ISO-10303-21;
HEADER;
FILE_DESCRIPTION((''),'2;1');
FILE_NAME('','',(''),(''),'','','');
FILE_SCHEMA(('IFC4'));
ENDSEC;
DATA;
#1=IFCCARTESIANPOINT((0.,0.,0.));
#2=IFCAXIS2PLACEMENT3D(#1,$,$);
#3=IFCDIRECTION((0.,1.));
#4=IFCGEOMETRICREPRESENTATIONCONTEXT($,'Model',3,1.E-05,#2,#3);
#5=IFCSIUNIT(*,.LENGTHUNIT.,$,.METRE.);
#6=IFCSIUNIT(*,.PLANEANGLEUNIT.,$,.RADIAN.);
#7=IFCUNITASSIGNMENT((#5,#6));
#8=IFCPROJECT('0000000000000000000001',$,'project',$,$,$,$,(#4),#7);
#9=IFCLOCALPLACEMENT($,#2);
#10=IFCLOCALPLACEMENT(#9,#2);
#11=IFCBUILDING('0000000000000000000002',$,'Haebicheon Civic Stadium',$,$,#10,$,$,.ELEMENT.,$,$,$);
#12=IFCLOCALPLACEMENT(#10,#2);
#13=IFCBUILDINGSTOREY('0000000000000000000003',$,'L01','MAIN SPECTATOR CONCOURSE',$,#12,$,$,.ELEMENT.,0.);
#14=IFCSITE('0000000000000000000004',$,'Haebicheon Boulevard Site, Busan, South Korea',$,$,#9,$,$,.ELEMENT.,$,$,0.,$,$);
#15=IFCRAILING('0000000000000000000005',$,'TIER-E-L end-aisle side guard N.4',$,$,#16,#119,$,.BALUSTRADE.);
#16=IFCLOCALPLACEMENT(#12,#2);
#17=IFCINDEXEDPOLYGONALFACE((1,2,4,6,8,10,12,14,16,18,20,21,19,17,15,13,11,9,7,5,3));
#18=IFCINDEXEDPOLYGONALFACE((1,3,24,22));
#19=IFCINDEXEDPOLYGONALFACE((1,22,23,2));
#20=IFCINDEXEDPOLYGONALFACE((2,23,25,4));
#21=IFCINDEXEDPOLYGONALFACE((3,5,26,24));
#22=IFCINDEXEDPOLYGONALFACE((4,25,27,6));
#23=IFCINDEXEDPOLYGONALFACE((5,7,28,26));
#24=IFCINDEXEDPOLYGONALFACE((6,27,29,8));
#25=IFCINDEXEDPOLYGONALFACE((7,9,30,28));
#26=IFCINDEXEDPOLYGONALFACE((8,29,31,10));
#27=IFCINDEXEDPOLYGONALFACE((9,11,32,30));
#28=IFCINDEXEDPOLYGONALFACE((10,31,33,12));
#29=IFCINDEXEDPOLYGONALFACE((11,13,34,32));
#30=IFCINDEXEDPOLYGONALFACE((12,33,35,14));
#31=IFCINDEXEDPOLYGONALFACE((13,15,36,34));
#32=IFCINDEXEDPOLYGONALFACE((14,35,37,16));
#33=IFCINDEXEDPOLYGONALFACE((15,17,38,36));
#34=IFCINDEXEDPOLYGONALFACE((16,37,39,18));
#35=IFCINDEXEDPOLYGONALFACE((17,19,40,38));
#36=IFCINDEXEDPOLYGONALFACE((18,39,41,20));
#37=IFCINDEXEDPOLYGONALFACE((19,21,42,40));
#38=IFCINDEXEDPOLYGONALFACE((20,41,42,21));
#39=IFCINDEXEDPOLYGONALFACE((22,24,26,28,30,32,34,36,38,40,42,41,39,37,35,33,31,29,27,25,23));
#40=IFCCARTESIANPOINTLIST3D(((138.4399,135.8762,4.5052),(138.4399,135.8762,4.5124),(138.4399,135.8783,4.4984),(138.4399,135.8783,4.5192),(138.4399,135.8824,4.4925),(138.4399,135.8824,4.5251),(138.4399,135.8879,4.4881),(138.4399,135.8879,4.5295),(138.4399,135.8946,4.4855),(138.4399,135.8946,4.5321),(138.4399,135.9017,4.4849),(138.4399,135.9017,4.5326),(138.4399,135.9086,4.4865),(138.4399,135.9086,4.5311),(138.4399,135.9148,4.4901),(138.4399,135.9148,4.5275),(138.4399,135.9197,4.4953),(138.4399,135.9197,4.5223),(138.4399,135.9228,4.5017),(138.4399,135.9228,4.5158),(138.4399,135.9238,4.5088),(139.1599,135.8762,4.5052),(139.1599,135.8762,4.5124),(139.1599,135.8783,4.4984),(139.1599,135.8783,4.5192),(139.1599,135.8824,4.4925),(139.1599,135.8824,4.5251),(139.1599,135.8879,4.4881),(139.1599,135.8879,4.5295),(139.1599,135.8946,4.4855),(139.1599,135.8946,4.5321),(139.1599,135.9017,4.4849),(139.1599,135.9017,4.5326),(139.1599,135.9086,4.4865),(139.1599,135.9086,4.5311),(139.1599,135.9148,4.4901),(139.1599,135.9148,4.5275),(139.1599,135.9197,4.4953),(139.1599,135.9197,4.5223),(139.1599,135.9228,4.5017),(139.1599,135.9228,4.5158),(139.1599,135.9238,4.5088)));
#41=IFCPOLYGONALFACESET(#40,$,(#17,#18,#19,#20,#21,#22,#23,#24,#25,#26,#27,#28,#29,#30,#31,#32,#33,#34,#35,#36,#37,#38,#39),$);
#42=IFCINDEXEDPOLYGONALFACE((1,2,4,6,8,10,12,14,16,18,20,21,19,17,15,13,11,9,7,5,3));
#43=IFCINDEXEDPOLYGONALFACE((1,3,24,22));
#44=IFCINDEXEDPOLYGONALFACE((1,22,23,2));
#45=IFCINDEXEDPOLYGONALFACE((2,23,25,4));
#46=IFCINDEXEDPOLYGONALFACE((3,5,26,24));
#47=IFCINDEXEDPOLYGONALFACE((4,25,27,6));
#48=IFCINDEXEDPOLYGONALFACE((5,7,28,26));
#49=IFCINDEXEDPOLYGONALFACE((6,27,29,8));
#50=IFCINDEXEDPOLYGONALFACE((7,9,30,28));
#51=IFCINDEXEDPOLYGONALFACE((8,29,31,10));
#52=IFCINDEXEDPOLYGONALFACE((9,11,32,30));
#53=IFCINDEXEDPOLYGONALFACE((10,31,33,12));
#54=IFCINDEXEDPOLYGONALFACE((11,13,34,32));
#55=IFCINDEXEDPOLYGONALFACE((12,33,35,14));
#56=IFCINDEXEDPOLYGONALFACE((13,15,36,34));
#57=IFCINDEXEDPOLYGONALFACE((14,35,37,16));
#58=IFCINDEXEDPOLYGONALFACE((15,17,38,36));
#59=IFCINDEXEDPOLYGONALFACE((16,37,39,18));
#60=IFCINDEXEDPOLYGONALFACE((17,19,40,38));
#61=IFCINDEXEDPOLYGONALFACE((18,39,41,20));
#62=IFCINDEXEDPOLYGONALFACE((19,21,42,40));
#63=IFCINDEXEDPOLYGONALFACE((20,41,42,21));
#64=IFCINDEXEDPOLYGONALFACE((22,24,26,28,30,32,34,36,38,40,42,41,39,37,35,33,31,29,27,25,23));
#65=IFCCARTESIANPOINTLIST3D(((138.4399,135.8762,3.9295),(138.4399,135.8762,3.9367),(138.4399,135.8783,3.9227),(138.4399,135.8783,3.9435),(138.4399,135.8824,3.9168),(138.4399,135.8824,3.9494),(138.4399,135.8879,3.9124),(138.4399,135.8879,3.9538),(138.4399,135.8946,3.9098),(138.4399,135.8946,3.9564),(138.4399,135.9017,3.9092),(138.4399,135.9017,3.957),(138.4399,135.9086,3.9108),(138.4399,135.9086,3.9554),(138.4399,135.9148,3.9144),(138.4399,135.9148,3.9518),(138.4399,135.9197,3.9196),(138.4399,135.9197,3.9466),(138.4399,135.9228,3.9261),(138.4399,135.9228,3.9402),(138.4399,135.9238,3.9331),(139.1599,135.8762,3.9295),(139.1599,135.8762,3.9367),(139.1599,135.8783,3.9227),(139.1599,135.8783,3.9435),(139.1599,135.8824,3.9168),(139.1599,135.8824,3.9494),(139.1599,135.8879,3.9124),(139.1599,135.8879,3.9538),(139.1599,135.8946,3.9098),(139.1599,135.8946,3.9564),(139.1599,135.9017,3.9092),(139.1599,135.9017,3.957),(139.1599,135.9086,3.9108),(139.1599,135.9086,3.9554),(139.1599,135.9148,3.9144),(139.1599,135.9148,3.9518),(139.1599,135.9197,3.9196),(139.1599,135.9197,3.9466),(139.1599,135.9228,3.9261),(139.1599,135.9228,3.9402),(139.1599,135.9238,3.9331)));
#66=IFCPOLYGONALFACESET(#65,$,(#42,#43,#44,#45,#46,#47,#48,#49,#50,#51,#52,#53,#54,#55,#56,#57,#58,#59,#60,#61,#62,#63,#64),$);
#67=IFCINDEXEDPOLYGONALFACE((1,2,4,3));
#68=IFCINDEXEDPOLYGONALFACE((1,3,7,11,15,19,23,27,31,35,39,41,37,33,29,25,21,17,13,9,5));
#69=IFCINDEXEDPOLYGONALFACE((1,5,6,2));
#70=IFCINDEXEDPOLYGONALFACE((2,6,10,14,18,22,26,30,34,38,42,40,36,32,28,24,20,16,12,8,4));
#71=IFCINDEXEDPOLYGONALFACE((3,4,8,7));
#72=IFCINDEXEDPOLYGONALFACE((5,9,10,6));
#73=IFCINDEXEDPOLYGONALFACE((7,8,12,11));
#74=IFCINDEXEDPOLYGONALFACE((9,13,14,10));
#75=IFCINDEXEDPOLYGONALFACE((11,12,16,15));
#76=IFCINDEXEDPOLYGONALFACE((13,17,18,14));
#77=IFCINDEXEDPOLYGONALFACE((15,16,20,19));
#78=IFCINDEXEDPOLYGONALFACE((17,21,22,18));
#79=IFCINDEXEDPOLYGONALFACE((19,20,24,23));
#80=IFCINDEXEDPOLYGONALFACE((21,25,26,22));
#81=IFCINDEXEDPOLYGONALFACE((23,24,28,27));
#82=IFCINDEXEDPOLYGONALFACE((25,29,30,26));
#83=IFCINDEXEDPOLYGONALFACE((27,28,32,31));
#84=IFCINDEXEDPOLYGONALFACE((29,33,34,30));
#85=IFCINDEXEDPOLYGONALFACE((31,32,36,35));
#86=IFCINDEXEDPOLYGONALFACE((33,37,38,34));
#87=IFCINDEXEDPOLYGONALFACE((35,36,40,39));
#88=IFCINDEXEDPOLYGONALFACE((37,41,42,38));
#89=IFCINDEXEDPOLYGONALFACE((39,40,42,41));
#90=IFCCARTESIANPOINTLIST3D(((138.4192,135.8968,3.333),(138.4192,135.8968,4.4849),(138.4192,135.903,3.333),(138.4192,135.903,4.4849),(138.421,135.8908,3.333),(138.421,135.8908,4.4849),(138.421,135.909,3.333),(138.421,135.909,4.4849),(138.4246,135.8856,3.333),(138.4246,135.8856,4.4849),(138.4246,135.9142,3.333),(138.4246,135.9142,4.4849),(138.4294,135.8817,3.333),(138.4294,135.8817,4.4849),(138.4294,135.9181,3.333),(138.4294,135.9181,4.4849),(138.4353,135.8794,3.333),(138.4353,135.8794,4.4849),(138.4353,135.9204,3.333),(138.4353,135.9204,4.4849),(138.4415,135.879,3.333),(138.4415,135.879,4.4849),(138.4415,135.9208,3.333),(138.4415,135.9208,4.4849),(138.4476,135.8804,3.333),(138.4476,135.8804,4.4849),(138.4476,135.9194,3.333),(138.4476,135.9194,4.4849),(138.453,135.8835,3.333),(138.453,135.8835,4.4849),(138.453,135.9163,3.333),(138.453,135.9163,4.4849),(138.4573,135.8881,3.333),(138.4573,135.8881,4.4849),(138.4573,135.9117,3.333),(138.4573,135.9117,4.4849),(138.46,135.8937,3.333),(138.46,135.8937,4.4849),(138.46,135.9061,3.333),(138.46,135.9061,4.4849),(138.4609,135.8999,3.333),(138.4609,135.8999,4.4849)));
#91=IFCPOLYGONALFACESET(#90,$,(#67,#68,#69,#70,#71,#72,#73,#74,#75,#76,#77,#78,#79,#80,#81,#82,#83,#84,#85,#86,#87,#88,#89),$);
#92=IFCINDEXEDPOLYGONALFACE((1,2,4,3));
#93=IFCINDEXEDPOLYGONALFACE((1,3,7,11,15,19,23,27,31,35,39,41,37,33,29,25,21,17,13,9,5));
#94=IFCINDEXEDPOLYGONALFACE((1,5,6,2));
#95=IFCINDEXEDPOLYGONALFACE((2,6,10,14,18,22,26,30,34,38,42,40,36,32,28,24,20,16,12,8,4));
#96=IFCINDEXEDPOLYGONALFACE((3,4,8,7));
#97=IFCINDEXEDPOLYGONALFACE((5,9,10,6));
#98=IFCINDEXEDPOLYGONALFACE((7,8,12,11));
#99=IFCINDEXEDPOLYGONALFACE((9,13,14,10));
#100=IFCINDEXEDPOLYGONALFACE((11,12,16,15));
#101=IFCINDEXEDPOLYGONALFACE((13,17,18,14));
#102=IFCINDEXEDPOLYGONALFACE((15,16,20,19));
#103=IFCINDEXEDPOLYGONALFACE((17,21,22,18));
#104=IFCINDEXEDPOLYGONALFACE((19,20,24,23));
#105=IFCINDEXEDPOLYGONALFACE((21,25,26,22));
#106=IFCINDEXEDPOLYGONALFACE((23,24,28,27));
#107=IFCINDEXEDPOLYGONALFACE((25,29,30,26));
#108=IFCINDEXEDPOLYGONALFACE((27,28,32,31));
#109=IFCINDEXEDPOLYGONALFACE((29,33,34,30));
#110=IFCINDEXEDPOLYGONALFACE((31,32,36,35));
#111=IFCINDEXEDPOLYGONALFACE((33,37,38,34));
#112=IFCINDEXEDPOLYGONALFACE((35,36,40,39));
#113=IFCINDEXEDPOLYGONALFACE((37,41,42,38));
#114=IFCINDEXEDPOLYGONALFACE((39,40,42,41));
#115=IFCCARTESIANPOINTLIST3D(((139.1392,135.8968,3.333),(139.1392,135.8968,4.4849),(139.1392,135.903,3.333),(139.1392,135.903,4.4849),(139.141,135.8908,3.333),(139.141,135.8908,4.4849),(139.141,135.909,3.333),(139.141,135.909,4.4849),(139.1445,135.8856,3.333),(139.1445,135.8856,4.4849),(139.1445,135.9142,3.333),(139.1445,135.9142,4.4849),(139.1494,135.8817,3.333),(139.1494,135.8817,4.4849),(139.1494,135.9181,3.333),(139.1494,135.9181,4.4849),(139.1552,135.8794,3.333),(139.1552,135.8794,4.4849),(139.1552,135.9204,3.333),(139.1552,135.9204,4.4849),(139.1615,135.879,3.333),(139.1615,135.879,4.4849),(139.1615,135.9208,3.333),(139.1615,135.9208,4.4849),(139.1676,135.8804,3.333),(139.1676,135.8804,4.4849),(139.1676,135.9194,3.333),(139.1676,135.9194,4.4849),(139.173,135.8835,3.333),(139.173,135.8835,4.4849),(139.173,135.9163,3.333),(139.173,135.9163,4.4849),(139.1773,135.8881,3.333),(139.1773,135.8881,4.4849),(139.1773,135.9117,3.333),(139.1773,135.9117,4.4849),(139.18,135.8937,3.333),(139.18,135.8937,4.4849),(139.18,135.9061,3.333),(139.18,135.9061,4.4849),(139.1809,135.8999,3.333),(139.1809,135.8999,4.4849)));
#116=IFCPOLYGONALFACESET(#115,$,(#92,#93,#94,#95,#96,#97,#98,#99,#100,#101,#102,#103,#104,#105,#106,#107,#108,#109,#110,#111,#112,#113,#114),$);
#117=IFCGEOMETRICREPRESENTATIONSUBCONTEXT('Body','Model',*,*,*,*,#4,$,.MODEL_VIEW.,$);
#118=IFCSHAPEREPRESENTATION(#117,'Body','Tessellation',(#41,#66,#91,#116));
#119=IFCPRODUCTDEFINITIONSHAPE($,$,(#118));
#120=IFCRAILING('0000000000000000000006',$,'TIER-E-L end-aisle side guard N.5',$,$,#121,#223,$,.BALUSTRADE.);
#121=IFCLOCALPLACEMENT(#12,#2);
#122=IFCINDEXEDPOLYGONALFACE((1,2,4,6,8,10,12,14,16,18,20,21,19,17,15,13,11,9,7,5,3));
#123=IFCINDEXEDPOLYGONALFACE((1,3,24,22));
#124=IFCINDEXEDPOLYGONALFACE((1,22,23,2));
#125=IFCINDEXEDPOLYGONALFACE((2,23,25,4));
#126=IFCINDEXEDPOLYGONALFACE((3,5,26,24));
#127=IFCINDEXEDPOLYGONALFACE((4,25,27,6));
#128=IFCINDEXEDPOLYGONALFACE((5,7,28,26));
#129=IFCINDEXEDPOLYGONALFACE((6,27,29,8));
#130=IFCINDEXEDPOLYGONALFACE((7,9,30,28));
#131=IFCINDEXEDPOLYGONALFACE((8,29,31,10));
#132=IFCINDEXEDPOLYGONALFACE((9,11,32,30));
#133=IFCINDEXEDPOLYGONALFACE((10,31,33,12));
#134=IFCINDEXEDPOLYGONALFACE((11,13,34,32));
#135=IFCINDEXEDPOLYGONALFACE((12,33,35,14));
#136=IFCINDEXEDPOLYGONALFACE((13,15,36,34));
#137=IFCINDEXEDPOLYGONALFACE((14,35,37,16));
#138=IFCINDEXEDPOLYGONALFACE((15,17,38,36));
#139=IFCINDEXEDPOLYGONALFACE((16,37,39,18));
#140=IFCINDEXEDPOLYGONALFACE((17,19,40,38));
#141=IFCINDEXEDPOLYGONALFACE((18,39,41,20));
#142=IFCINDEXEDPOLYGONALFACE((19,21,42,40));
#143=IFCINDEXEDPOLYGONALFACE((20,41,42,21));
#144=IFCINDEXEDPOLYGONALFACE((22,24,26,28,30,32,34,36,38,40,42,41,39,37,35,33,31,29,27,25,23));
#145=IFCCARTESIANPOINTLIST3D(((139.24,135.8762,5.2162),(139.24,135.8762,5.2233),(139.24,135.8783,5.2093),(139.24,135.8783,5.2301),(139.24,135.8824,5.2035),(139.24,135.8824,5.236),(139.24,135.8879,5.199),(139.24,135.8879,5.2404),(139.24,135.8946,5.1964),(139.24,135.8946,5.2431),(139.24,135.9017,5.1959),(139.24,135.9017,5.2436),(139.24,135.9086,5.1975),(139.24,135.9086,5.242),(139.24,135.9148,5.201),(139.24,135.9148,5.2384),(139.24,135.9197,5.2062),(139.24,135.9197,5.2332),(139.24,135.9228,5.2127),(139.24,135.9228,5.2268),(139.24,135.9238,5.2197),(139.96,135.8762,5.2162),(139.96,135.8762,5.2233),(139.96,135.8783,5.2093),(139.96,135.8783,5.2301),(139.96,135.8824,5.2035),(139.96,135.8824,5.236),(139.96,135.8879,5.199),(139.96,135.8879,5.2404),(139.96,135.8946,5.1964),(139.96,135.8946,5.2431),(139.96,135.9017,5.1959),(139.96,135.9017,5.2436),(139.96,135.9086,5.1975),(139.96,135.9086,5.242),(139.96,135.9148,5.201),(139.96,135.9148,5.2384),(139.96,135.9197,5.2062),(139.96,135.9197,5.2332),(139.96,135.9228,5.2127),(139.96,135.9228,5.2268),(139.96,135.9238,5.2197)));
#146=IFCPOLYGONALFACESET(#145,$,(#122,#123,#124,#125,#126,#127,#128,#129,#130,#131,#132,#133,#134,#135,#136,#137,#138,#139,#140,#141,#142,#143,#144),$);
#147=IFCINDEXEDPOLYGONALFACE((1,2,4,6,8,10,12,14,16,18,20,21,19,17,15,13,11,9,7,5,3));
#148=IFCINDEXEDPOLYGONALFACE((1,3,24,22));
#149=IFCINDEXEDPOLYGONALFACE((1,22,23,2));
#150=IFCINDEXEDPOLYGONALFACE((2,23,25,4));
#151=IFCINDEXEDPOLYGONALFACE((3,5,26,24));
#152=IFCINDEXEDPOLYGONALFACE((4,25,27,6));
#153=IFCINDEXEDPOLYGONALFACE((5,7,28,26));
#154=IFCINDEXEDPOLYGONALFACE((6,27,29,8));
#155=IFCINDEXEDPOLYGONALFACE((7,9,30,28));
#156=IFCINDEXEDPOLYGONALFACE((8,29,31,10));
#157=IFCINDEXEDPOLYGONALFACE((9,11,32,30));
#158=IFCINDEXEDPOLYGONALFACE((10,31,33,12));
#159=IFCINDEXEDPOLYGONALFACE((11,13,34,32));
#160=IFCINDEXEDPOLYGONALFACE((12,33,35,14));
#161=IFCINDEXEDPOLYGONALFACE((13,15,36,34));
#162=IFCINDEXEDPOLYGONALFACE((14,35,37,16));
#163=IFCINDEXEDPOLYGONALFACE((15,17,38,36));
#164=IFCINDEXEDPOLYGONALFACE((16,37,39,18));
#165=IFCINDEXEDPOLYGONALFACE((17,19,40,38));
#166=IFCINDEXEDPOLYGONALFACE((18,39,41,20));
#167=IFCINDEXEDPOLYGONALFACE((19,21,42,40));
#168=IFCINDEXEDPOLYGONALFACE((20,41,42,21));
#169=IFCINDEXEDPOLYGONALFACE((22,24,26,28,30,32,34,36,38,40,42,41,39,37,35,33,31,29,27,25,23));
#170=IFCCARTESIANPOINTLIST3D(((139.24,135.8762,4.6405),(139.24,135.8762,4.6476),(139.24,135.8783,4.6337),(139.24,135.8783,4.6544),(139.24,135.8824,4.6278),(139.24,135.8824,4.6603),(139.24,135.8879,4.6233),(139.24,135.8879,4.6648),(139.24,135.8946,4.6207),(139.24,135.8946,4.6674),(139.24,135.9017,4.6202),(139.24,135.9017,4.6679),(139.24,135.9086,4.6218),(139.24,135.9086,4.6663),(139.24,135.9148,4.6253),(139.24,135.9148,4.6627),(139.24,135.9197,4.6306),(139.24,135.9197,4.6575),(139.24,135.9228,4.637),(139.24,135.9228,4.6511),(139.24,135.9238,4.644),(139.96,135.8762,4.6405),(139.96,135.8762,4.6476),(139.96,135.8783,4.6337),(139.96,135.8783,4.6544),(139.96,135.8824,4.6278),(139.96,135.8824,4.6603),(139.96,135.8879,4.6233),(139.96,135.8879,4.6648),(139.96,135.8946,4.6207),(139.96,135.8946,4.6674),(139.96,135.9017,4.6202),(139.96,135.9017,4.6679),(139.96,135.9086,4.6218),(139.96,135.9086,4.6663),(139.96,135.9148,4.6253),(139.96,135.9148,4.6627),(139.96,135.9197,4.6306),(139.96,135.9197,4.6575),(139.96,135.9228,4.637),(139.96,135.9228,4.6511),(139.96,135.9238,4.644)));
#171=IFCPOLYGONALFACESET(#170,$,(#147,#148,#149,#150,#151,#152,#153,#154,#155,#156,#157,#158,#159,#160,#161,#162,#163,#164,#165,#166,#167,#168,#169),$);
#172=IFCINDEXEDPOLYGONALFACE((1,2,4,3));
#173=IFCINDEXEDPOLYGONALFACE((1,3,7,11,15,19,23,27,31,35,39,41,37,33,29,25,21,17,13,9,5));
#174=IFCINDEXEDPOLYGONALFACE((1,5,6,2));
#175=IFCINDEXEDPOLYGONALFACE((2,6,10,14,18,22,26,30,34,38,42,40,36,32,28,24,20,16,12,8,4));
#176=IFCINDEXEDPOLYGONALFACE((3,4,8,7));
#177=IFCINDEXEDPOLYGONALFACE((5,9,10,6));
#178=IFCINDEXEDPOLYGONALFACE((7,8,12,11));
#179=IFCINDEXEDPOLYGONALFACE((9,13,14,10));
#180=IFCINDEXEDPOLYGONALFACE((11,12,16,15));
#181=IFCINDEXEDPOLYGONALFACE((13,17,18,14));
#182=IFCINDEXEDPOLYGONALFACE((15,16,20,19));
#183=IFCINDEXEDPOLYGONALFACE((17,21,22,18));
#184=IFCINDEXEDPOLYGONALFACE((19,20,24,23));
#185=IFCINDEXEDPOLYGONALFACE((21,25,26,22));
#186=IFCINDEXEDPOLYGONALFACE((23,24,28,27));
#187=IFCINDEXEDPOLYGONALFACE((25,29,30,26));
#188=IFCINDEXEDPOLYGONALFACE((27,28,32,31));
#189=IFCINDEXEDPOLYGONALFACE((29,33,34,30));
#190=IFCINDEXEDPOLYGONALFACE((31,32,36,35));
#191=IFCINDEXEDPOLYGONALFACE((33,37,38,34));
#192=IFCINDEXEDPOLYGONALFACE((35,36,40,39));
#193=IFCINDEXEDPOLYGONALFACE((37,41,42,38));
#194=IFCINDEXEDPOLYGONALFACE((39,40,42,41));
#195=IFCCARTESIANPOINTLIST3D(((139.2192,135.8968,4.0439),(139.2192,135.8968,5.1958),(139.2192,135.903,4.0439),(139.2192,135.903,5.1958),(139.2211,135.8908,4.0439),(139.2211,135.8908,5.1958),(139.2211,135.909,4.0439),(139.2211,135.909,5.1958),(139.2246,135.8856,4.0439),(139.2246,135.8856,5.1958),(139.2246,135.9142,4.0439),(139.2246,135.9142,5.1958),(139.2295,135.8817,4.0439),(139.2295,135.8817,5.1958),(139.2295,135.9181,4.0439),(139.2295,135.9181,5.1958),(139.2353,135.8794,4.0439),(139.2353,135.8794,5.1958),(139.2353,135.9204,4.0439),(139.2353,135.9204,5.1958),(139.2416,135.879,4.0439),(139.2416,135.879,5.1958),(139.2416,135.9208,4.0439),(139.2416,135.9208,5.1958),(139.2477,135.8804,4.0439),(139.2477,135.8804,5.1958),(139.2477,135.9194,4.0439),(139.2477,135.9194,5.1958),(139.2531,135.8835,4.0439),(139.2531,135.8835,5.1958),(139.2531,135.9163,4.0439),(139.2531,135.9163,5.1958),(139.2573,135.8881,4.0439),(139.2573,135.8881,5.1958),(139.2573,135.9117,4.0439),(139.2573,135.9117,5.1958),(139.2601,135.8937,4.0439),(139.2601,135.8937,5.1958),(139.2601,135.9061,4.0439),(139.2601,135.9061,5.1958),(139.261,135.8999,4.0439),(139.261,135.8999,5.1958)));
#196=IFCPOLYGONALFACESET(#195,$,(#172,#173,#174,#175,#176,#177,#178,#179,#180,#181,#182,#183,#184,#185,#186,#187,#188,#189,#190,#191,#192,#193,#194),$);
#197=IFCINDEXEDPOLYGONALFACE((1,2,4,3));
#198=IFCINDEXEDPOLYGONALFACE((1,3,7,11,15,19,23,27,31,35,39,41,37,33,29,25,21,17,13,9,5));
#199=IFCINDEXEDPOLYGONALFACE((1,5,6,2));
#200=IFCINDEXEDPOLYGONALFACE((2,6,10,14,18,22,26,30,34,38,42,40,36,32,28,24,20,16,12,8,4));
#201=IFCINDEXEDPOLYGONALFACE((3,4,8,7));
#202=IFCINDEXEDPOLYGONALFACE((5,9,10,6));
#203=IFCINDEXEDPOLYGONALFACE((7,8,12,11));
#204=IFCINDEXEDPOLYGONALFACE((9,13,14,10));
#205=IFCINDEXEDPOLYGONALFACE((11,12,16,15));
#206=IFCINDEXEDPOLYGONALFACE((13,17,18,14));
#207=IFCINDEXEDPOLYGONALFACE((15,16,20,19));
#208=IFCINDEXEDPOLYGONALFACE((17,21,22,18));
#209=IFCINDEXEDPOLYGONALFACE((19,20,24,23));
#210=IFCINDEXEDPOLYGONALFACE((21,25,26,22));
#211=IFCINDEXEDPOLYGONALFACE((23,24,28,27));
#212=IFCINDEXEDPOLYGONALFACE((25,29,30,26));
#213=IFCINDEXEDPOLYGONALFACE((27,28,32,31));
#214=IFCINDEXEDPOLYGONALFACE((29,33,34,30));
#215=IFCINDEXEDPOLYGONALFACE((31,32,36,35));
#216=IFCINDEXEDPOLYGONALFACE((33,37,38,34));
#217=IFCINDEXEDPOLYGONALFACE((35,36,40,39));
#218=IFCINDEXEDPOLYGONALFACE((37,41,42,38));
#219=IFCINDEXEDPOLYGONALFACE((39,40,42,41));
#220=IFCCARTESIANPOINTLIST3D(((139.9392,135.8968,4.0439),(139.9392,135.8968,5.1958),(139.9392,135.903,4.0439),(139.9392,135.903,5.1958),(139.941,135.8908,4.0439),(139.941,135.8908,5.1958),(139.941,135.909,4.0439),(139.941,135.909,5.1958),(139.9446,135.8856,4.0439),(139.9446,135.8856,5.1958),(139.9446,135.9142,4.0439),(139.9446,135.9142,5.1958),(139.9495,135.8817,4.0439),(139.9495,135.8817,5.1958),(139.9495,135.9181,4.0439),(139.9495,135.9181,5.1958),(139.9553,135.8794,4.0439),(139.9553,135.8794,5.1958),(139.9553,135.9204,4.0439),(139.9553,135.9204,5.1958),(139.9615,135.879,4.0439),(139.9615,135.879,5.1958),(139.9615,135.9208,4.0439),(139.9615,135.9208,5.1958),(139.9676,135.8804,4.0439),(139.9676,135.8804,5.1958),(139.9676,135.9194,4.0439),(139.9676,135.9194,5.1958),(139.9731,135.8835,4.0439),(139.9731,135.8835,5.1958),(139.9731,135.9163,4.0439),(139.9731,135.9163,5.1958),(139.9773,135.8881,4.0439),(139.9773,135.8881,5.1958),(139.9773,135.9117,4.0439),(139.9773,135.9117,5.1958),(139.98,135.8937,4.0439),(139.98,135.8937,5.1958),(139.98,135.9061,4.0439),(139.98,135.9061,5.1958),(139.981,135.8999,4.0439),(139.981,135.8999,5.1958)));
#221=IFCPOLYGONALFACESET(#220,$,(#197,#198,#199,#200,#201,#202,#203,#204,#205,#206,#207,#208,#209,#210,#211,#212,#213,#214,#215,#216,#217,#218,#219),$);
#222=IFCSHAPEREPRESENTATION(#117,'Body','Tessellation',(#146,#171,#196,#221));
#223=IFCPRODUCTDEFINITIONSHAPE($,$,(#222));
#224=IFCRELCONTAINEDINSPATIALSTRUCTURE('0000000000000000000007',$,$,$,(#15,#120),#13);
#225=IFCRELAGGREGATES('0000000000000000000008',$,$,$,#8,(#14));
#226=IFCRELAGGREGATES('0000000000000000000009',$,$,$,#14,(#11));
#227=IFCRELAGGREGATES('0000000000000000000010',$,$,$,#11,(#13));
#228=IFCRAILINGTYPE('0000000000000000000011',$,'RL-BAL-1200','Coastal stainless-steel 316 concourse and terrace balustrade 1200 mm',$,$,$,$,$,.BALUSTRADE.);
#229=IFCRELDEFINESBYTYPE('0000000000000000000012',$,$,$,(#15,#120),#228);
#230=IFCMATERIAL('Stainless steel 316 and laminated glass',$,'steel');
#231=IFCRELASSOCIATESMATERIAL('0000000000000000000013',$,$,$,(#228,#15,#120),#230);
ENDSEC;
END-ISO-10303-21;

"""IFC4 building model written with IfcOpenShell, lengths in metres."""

from ifc_helpers import new_model, si_unit, direction, frame, origin, origin_2d, place, context, subcontext, project, spatial, circle, extrude, material, type_object, element, save


model = new_model("IFC4")

# Units and contexts
model_context = context("Model", 3, precision=1e-05, world=origin(), true_north=direction((0.0, 1.0)))
body_context = subcontext(model_context, "Body", "Model", "MODEL_VIEW")
ifc_project = project(units=[si_unit("LENGTHUNIT", "METRE"), si_unit("PLANEANGLEUNIT", "RADIAN")], contexts=[model_context])

# Site, building, storey
site_placement = place(None, origin())
site = spatial("IfcSite", under=ifc_project, at=site_placement, Name="Haebicheon Boulevard Site, Busan, South Korea", CompositionType="ELEMENT", RefElevation=0.0)
building_placement = place(site_placement, origin())
building = spatial("IfcBuilding", under=site, at=building_placement, Name="Haebicheon Civic Stadium", CompositionType="ELEMENT")
storey_placement = place(building_placement, origin())
storey = spatial("IfcBuildingStorey", under=building, at=storey_placement, Name="L01", Description="MAIN SPECTATOR CONCOURSE", CompositionType="ELEMENT", Elevation=0.0)

# Railings
ifc_material_1 = material(Name="Stainless steel 316 and laminated glass", Category="steel")
railing_type = type_object("IfcRailingType", Name="RL-BAL-1200", Description="Coastal stainless-steel 316 concourse and terrace balustrade 1200 mm", PredefinedType="BALUSTRADE", material=ifc_material_1)
for number, where, name in (
    (1, (138.4399, 135.8999, 3.333), "TIER-E-L end-aisle side guard N.4"),
    (2, (139.24, 135.8999, 4.0439), "TIER-E-L end-aisle side guard N.5"),
):
    element("IfcRailing", number, at=place(storey_placement, frame(where)), inside=storey, type_object=railing_type, material=ifc_material_1, Name=name, PredefinedType="BALUSTRADE", context=body_context, shape_type="SweptSolid", body=[
        extrude(circle(Radius=0.0239, at=origin_2d()), frame((0.0, 0.0, 1.1758), z_axis=(1.0, 0.0, 0.0), x_axis=(0.0, 1.0, 0.0)), (0.0, 0.0, 1.0), 0.72),
        extrude(circle(Radius=0.0239, at=origin_2d()), frame((0.0, 0.0, 0.6001), z_axis=(1.0, 0.0, 0.0), x_axis=(0.0, 1.0, 0.0)), (0.0, 0.0, 1.0), 0.72),
        extrude(circle(Radius=0.021, at=origin_2d()), origin(), (0.0, 0.0, 1.0), 1.1519),
        extrude(circle(Radius=0.021, at=origin_2d()), frame((0.72, 0.0, 0.0)), (0.0, 0.0, 1.0), 1.1519),
    ])

save(model, "model.ifc")
